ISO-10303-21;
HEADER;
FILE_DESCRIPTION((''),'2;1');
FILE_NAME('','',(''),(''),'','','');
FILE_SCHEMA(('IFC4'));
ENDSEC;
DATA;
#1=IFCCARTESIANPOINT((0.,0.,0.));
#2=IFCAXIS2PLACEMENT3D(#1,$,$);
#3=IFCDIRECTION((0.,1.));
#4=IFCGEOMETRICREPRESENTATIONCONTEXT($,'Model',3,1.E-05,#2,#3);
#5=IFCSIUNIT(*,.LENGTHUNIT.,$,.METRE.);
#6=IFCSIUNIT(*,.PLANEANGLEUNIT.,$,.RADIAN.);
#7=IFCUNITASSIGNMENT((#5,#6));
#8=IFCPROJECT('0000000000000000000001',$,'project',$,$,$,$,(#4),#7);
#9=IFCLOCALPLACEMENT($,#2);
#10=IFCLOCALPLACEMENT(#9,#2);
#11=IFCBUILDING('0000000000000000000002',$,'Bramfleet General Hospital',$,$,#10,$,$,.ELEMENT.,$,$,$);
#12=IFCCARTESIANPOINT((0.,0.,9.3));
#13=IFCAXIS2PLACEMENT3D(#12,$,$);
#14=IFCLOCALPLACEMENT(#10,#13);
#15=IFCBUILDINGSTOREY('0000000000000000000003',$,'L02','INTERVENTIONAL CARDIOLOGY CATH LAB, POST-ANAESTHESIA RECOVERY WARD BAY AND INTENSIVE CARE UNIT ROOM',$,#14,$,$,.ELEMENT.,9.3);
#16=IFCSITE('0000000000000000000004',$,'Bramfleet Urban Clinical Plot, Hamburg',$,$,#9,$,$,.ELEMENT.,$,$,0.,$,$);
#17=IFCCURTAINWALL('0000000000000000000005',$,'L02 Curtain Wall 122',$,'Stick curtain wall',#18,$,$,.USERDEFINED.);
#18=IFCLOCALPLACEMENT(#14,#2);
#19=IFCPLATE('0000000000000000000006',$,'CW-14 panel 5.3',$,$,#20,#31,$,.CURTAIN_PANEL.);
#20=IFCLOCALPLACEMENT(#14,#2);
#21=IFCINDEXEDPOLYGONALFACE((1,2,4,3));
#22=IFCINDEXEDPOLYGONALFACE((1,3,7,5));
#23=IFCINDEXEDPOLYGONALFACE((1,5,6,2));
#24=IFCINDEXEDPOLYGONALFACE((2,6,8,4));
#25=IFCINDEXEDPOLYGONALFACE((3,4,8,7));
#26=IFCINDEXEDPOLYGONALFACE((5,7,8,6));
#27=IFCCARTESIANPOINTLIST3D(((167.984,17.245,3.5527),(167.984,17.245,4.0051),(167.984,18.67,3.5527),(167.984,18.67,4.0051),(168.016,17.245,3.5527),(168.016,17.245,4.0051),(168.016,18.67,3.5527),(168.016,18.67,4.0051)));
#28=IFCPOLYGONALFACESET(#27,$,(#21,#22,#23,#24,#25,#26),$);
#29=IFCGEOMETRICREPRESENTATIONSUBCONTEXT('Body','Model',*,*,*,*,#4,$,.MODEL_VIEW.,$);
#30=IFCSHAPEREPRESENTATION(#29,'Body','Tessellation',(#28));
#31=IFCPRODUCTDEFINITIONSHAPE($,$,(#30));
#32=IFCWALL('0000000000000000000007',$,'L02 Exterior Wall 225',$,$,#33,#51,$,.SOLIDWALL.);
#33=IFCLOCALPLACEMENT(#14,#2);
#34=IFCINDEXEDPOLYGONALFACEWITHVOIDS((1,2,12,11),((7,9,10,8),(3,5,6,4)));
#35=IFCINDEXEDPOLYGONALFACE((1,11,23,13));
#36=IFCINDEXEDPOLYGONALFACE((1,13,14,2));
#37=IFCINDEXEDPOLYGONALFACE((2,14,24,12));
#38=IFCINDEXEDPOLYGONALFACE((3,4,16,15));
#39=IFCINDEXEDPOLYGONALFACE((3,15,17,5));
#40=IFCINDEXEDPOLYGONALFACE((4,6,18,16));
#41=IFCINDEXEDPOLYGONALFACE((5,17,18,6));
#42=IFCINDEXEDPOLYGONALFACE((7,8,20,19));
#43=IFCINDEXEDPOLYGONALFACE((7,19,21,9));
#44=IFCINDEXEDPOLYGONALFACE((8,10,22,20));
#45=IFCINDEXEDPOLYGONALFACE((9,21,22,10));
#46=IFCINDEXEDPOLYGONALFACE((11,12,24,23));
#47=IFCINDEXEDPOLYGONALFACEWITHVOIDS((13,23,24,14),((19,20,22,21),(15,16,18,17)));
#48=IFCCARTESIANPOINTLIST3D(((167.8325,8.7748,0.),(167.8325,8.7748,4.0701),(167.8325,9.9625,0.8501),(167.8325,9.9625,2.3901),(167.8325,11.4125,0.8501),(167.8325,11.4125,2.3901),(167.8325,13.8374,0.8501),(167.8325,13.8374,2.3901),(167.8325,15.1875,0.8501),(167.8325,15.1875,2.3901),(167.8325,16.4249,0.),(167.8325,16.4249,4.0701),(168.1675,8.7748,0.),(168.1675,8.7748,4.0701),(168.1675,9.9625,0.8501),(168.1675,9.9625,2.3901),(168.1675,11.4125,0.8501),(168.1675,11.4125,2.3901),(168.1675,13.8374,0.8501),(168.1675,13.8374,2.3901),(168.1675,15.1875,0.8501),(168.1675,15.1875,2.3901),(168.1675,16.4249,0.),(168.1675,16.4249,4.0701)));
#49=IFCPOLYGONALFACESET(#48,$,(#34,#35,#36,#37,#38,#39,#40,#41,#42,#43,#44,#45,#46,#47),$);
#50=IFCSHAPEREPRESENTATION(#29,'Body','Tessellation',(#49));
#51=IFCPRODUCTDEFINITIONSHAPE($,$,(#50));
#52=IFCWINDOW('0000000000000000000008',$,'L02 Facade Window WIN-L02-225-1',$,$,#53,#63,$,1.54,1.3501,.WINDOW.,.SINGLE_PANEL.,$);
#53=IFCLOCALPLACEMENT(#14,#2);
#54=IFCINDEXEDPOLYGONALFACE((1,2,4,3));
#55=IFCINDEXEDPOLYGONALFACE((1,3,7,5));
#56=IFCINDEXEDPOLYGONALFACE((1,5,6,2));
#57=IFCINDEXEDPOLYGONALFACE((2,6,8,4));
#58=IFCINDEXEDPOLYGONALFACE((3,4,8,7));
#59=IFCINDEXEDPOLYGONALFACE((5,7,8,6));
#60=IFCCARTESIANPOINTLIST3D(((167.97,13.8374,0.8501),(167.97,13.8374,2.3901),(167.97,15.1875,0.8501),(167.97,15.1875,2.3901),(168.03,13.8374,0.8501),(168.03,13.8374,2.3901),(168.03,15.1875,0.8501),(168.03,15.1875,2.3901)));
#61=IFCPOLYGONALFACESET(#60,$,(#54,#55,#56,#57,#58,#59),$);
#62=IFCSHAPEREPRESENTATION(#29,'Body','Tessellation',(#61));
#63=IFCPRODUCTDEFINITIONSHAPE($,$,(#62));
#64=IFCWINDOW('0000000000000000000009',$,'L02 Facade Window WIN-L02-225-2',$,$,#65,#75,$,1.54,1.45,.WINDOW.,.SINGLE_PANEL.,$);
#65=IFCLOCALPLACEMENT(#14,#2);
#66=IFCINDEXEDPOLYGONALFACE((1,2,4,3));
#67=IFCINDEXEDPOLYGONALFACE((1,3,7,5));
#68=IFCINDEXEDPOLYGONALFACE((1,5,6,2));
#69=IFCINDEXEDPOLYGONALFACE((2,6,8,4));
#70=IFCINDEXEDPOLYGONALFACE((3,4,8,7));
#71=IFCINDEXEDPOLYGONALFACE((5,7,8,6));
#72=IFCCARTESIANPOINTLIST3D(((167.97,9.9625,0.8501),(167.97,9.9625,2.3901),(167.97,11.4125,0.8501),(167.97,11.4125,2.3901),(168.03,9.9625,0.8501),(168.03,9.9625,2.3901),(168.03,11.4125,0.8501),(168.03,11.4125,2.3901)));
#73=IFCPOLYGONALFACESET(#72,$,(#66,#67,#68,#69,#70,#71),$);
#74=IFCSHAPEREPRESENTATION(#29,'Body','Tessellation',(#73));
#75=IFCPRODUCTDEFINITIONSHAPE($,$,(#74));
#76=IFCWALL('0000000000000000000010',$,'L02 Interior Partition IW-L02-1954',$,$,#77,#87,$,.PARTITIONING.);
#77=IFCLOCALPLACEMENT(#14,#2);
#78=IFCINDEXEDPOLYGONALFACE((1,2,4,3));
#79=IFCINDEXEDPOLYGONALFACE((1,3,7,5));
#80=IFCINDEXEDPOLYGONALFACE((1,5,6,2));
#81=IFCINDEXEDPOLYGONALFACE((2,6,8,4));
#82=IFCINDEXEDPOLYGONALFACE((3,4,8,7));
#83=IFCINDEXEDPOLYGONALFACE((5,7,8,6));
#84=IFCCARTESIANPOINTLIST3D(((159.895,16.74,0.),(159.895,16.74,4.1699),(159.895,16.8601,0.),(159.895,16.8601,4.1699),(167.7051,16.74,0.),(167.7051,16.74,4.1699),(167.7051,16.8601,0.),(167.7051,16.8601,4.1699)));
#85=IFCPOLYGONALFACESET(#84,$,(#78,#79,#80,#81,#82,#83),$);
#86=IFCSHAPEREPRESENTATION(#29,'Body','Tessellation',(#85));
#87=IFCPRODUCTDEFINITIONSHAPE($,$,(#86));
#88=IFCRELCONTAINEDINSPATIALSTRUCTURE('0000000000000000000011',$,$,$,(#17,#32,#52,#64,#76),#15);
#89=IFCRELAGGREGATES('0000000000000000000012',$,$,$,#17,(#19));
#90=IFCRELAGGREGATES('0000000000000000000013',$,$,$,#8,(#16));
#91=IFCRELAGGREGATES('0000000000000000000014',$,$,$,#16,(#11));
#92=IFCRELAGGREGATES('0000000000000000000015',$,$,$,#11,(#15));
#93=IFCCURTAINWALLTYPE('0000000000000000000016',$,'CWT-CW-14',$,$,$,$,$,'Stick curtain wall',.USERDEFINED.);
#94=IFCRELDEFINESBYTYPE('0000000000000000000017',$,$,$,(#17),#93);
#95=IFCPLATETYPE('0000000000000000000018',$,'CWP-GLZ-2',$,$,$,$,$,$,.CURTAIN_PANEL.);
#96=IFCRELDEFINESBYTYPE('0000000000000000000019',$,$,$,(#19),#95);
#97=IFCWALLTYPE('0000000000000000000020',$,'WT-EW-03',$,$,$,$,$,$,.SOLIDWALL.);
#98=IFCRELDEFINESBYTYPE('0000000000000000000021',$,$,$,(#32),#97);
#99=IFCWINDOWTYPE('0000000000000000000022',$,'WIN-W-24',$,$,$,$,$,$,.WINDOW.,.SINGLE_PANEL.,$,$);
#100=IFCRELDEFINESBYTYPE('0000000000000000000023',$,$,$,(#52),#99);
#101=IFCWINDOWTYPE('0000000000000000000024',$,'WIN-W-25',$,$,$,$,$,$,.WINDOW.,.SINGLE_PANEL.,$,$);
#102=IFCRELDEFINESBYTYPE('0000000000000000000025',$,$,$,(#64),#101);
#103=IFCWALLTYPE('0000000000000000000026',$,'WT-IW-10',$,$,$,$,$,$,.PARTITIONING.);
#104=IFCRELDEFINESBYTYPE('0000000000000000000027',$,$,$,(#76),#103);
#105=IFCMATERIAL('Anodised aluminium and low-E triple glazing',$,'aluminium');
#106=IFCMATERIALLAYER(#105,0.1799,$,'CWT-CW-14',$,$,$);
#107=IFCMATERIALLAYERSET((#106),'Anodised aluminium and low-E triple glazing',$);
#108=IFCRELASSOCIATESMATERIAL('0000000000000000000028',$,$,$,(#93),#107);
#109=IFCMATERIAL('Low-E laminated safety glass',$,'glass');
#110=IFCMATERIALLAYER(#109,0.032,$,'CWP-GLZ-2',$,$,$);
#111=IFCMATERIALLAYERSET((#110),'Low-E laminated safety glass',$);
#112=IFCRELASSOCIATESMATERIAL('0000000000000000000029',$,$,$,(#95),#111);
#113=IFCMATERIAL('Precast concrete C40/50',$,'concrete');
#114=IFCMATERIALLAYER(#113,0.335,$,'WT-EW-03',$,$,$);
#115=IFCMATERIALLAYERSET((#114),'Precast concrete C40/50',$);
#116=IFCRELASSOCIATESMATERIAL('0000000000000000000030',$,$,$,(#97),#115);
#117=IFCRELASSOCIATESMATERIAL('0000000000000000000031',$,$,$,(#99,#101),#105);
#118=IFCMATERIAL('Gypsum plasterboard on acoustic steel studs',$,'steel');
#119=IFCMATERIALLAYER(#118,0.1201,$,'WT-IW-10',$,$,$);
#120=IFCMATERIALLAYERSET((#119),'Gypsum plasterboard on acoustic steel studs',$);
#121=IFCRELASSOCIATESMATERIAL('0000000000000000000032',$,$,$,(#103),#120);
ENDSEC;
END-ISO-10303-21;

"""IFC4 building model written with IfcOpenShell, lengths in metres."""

from ifc_helpers import new_model, si_unit, direction, frame, frame_2d, origin, origin_2d, place, context, subcontext, project, spatial, rectangle, extrude, material, layer, layer_set, type_object, element, fill, aggregate, save


model = new_model("IFC4")

# Units and contexts
model_context = context("Model", 3, precision=1e-05, world=origin(), true_north=direction((0.0, 1.0)))
body_context = subcontext(model_context, "Body", "Model", "MODEL_VIEW")
ifc_project = project(units=[si_unit("LENGTHUNIT", "METRE"), si_unit("PLANEANGLEUNIT", "RADIAN")], contexts=[model_context])

# Site, building, storey
site_placement = place(None, origin())
site = spatial("IfcSite", under=ifc_project, at=site_placement, Name="Bramfleet Urban Clinical Plot, Hamburg", CompositionType="ELEMENT", RefElevation=0.0)
building_placement = place(site_placement, origin())
building = spatial("IfcBuilding", under=site, at=building_placement, Name="Bramfleet General Hospital", CompositionType="ELEMENT")
storey_placement = place(building_placement, frame((0.0, 0.0, 9.3)))
storey = spatial("IfcBuildingStorey", under=building, at=storey_placement, Name="L02", Description="INTERVENTIONAL CARDIOLOGY CATH LAB, POST-ANAESTHESIA RECOVERY WARD BAY AND INTENSIVE CARE UNIT ROOM", CompositionType="ELEMENT", Elevation=9.3)

# Curtain wall, plate
ifc_material_1 = material(Name="Anodised aluminium and low-E triple glazing", Category="aluminium")
ifc_layer_1 = layer(ifc_material_1, 0.1799, Name="CWT-CW-14")
ifc_layer_set_1 = layer_set([ifc_layer_1], Name="Anodised aluminium and low-E triple glazing")
curtain_wall_type = type_object("IfcCurtainWallType", Name="CWT-CW-14", ElementType="Stick curtain wall", PredefinedType="USERDEFINED", material=ifc_layer_set_1)
curtain_wall_placement = place(storey_placement, origin())
curtain_wall = element("IfcCurtainWall", 1, at=curtain_wall_placement, inside=storey, type_object=curtain_wall_type, Name="L02 Curtain Wall 122", ObjectType="Stick curtain wall", PredefinedType="USERDEFINED")
ifc_material_2 = material(Name="Low-E laminated safety glass", Category="glass")
ifc_layer_2 = layer(ifc_material_2, 0.032, Name="CWP-GLZ-2")
ifc_layer_set_2 = layer_set([ifc_layer_2], Name="Low-E laminated safety glass")
plate_type = type_object("IfcPlateType", Name="CWP-GLZ-2", PredefinedType="CURTAIN_PANEL", material=ifc_layer_set_2)
plate_1_placement = place(storey_placement, frame((168.0, 17.9575, 3.5527), z_axis=(0.0, 0.0, 1.0), x_axis=(0.0, -1.0, 0.0)))
plate_1 = element("IfcPlate", 2, at=plate_1_placement, type_object=plate_type, Name="CW-14 panel 5.3", PredefinedType="CURTAIN_PANEL", context=body_context, shape_type="SweptSolid", body=[
    extrude(rectangle(XDim=1.425, YDim=0.032, at=origin_2d()), origin(), (0.0, 0.0, 1.0), 0.4524),
])
aggregate(curtain_wall, [plate_1])

# Wall, openings, windows
ifc_material_3 = material(Name="Precast concrete C40/50", Category="concrete")
ifc_layer_3 = layer(ifc_material_3, 0.335, Name="WT-EW-03")
ifc_layer_set_3 = layer_set([ifc_layer_3], Name="Precast concrete C40/50")
wall_type_1 = type_object("IfcWallType", Name="WT-EW-03", PredefinedType="SOLIDWALL", material=ifc_layer_set_3)
wall_1_placement = place(storey_placement, frame((168.0, 16.425, 0.0), z_axis=(0.0, 0.0, 1.0), x_axis=(0.0, -1.0, 0.0)))
wall_1 = element("IfcWall", 3, at=wall_1_placement, inside=storey, type_object=wall_type_1, Name="L02 Exterior Wall 225", PredefinedType="SOLIDWALL", context=body_context, shape_type="SweptSolid", body=[
    extrude(rectangle(XDim=7.6501, YDim=0.335, at=frame_2d((3.8252, 0.0))), origin(), (0.0, 0.0, 1.0), 4.0701),
])
opening_1_placement = place(wall_1_placement, frame((1.2375, 0.0, 0.8501)))
opening_1 = element("IfcOpeningElement", 4, at=opening_1_placement, cuts=wall_1, PredefinedType="OPENING", context=body_context, shape_type="SweptSolid", body=[
    extrude(rectangle(XDim=1.3501, YDim=1.54, at=frame_2d((0.675, 0.77))), frame((0.0, 0.1775, 0.0), z_axis=(0.0, -1.0, 0.0), x_axis=(1.0, 0.0, 0.0)), (0.0, 0.0, 1.0), 0.355),
])
opening_2_placement = place(wall_1_placement, frame((5.0125, 0.0, 0.8501)))
opening_2 = element("IfcOpeningElement", 5, at=opening_2_placement, cuts=wall_1, PredefinedType="OPENING", context=body_context, shape_type="SweptSolid", body=[
    extrude(rectangle(XDim=1.45, YDim=1.54, at=frame_2d((0.7251, 0.77))), frame((0.0, 0.1775, 0.0), z_axis=(0.0, -1.0, 0.0), x_axis=(1.0, 0.0, 0.0)), (0.0, 0.0, 1.0), 0.355),
])
window_type_1 = type_object("IfcWindowType", Name="WIN-W-24", PartitioningType="SINGLE_PANEL", PredefinedType="WINDOW", material=ifc_material_1)
window_1_placement = place(opening_1_placement, origin())
window_1 = element("IfcWindow", 6, at=window_1_placement, inside=storey, type_object=window_type_1, Name="L02 Facade Window WIN-L02-225-1", OverallHeight=1.54, OverallWidth=1.3501, PartitioningType="SINGLE_PANEL", PredefinedType="WINDOW", context=body_context, shape_type="SweptSolid", body=[
    extrude(rectangle(XDim=1.3501, YDim=1.54, at=frame_2d((0.675, 0.77))), frame((0.0, 0.03, 0.0), z_axis=(0.0, -1.0, 0.0), x_axis=(1.0, 0.0, 0.0)), (0.0, 0.0, 1.0), 0.0601),
])
fill(opening_1, window_1)
window_type_2 = type_object("IfcWindowType", Name="WIN-W-25", PartitioningType="SINGLE_PANEL", PredefinedType="WINDOW", material=ifc_material_1)
window_2_placement = place(opening_2_placement, origin())
window_2 = element("IfcWindow", 7, at=window_2_placement, inside=storey, type_object=window_type_2, Name="L02 Facade Window WIN-L02-225-2", OverallHeight=1.54, OverallWidth=1.45, PartitioningType="SINGLE_PANEL", PredefinedType="WINDOW", context=body_context, shape_type="SweptSolid", body=[
    extrude(rectangle(XDim=1.45, YDim=1.54, at=frame_2d((0.7251, 0.77))), frame((0.0, 0.03, 0.0), z_axis=(0.0, -1.0, 0.0), x_axis=(1.0, 0.0, 0.0)), (0.0, 0.0, 1.0), 0.0601),
])
fill(opening_2, window_2)

# Wall
ifc_material_4 = material(Name="Gypsum plasterboard on acoustic steel studs", Category="steel")
ifc_layer_4 = layer(ifc_material_4, 0.1201, Name="WT-IW-10")
ifc_layer_set_4 = layer_set([ifc_layer_4], Name="Gypsum plasterboard on acoustic steel studs")
wall_type_2 = type_object("IfcWallType", Name="WT-IW-10", PredefinedType="PARTITIONING", material=ifc_layer_set_4)
wall_2_placement = place(storey_placement, frame((159.895, 16.8, 0.0), z_axis=(0.0, 0.0, 1.0), x_axis=(1.0, 0.0, 0.0)))
element("IfcWall", 8, at=wall_2_placement, inside=storey, type_object=wall_type_2, Name="L02 Interior Partition IW-L02-1954", PredefinedType="PARTITIONING", context=body_context, shape_type="SweptSolid", body=[
    extrude(rectangle(XDim=7.8101, YDim=0.1201, at=frame_2d((3.905, 0.0))), origin(), (0.0, 0.0, 1.0), 4.1699),
])

save(model, "model.ifc")
